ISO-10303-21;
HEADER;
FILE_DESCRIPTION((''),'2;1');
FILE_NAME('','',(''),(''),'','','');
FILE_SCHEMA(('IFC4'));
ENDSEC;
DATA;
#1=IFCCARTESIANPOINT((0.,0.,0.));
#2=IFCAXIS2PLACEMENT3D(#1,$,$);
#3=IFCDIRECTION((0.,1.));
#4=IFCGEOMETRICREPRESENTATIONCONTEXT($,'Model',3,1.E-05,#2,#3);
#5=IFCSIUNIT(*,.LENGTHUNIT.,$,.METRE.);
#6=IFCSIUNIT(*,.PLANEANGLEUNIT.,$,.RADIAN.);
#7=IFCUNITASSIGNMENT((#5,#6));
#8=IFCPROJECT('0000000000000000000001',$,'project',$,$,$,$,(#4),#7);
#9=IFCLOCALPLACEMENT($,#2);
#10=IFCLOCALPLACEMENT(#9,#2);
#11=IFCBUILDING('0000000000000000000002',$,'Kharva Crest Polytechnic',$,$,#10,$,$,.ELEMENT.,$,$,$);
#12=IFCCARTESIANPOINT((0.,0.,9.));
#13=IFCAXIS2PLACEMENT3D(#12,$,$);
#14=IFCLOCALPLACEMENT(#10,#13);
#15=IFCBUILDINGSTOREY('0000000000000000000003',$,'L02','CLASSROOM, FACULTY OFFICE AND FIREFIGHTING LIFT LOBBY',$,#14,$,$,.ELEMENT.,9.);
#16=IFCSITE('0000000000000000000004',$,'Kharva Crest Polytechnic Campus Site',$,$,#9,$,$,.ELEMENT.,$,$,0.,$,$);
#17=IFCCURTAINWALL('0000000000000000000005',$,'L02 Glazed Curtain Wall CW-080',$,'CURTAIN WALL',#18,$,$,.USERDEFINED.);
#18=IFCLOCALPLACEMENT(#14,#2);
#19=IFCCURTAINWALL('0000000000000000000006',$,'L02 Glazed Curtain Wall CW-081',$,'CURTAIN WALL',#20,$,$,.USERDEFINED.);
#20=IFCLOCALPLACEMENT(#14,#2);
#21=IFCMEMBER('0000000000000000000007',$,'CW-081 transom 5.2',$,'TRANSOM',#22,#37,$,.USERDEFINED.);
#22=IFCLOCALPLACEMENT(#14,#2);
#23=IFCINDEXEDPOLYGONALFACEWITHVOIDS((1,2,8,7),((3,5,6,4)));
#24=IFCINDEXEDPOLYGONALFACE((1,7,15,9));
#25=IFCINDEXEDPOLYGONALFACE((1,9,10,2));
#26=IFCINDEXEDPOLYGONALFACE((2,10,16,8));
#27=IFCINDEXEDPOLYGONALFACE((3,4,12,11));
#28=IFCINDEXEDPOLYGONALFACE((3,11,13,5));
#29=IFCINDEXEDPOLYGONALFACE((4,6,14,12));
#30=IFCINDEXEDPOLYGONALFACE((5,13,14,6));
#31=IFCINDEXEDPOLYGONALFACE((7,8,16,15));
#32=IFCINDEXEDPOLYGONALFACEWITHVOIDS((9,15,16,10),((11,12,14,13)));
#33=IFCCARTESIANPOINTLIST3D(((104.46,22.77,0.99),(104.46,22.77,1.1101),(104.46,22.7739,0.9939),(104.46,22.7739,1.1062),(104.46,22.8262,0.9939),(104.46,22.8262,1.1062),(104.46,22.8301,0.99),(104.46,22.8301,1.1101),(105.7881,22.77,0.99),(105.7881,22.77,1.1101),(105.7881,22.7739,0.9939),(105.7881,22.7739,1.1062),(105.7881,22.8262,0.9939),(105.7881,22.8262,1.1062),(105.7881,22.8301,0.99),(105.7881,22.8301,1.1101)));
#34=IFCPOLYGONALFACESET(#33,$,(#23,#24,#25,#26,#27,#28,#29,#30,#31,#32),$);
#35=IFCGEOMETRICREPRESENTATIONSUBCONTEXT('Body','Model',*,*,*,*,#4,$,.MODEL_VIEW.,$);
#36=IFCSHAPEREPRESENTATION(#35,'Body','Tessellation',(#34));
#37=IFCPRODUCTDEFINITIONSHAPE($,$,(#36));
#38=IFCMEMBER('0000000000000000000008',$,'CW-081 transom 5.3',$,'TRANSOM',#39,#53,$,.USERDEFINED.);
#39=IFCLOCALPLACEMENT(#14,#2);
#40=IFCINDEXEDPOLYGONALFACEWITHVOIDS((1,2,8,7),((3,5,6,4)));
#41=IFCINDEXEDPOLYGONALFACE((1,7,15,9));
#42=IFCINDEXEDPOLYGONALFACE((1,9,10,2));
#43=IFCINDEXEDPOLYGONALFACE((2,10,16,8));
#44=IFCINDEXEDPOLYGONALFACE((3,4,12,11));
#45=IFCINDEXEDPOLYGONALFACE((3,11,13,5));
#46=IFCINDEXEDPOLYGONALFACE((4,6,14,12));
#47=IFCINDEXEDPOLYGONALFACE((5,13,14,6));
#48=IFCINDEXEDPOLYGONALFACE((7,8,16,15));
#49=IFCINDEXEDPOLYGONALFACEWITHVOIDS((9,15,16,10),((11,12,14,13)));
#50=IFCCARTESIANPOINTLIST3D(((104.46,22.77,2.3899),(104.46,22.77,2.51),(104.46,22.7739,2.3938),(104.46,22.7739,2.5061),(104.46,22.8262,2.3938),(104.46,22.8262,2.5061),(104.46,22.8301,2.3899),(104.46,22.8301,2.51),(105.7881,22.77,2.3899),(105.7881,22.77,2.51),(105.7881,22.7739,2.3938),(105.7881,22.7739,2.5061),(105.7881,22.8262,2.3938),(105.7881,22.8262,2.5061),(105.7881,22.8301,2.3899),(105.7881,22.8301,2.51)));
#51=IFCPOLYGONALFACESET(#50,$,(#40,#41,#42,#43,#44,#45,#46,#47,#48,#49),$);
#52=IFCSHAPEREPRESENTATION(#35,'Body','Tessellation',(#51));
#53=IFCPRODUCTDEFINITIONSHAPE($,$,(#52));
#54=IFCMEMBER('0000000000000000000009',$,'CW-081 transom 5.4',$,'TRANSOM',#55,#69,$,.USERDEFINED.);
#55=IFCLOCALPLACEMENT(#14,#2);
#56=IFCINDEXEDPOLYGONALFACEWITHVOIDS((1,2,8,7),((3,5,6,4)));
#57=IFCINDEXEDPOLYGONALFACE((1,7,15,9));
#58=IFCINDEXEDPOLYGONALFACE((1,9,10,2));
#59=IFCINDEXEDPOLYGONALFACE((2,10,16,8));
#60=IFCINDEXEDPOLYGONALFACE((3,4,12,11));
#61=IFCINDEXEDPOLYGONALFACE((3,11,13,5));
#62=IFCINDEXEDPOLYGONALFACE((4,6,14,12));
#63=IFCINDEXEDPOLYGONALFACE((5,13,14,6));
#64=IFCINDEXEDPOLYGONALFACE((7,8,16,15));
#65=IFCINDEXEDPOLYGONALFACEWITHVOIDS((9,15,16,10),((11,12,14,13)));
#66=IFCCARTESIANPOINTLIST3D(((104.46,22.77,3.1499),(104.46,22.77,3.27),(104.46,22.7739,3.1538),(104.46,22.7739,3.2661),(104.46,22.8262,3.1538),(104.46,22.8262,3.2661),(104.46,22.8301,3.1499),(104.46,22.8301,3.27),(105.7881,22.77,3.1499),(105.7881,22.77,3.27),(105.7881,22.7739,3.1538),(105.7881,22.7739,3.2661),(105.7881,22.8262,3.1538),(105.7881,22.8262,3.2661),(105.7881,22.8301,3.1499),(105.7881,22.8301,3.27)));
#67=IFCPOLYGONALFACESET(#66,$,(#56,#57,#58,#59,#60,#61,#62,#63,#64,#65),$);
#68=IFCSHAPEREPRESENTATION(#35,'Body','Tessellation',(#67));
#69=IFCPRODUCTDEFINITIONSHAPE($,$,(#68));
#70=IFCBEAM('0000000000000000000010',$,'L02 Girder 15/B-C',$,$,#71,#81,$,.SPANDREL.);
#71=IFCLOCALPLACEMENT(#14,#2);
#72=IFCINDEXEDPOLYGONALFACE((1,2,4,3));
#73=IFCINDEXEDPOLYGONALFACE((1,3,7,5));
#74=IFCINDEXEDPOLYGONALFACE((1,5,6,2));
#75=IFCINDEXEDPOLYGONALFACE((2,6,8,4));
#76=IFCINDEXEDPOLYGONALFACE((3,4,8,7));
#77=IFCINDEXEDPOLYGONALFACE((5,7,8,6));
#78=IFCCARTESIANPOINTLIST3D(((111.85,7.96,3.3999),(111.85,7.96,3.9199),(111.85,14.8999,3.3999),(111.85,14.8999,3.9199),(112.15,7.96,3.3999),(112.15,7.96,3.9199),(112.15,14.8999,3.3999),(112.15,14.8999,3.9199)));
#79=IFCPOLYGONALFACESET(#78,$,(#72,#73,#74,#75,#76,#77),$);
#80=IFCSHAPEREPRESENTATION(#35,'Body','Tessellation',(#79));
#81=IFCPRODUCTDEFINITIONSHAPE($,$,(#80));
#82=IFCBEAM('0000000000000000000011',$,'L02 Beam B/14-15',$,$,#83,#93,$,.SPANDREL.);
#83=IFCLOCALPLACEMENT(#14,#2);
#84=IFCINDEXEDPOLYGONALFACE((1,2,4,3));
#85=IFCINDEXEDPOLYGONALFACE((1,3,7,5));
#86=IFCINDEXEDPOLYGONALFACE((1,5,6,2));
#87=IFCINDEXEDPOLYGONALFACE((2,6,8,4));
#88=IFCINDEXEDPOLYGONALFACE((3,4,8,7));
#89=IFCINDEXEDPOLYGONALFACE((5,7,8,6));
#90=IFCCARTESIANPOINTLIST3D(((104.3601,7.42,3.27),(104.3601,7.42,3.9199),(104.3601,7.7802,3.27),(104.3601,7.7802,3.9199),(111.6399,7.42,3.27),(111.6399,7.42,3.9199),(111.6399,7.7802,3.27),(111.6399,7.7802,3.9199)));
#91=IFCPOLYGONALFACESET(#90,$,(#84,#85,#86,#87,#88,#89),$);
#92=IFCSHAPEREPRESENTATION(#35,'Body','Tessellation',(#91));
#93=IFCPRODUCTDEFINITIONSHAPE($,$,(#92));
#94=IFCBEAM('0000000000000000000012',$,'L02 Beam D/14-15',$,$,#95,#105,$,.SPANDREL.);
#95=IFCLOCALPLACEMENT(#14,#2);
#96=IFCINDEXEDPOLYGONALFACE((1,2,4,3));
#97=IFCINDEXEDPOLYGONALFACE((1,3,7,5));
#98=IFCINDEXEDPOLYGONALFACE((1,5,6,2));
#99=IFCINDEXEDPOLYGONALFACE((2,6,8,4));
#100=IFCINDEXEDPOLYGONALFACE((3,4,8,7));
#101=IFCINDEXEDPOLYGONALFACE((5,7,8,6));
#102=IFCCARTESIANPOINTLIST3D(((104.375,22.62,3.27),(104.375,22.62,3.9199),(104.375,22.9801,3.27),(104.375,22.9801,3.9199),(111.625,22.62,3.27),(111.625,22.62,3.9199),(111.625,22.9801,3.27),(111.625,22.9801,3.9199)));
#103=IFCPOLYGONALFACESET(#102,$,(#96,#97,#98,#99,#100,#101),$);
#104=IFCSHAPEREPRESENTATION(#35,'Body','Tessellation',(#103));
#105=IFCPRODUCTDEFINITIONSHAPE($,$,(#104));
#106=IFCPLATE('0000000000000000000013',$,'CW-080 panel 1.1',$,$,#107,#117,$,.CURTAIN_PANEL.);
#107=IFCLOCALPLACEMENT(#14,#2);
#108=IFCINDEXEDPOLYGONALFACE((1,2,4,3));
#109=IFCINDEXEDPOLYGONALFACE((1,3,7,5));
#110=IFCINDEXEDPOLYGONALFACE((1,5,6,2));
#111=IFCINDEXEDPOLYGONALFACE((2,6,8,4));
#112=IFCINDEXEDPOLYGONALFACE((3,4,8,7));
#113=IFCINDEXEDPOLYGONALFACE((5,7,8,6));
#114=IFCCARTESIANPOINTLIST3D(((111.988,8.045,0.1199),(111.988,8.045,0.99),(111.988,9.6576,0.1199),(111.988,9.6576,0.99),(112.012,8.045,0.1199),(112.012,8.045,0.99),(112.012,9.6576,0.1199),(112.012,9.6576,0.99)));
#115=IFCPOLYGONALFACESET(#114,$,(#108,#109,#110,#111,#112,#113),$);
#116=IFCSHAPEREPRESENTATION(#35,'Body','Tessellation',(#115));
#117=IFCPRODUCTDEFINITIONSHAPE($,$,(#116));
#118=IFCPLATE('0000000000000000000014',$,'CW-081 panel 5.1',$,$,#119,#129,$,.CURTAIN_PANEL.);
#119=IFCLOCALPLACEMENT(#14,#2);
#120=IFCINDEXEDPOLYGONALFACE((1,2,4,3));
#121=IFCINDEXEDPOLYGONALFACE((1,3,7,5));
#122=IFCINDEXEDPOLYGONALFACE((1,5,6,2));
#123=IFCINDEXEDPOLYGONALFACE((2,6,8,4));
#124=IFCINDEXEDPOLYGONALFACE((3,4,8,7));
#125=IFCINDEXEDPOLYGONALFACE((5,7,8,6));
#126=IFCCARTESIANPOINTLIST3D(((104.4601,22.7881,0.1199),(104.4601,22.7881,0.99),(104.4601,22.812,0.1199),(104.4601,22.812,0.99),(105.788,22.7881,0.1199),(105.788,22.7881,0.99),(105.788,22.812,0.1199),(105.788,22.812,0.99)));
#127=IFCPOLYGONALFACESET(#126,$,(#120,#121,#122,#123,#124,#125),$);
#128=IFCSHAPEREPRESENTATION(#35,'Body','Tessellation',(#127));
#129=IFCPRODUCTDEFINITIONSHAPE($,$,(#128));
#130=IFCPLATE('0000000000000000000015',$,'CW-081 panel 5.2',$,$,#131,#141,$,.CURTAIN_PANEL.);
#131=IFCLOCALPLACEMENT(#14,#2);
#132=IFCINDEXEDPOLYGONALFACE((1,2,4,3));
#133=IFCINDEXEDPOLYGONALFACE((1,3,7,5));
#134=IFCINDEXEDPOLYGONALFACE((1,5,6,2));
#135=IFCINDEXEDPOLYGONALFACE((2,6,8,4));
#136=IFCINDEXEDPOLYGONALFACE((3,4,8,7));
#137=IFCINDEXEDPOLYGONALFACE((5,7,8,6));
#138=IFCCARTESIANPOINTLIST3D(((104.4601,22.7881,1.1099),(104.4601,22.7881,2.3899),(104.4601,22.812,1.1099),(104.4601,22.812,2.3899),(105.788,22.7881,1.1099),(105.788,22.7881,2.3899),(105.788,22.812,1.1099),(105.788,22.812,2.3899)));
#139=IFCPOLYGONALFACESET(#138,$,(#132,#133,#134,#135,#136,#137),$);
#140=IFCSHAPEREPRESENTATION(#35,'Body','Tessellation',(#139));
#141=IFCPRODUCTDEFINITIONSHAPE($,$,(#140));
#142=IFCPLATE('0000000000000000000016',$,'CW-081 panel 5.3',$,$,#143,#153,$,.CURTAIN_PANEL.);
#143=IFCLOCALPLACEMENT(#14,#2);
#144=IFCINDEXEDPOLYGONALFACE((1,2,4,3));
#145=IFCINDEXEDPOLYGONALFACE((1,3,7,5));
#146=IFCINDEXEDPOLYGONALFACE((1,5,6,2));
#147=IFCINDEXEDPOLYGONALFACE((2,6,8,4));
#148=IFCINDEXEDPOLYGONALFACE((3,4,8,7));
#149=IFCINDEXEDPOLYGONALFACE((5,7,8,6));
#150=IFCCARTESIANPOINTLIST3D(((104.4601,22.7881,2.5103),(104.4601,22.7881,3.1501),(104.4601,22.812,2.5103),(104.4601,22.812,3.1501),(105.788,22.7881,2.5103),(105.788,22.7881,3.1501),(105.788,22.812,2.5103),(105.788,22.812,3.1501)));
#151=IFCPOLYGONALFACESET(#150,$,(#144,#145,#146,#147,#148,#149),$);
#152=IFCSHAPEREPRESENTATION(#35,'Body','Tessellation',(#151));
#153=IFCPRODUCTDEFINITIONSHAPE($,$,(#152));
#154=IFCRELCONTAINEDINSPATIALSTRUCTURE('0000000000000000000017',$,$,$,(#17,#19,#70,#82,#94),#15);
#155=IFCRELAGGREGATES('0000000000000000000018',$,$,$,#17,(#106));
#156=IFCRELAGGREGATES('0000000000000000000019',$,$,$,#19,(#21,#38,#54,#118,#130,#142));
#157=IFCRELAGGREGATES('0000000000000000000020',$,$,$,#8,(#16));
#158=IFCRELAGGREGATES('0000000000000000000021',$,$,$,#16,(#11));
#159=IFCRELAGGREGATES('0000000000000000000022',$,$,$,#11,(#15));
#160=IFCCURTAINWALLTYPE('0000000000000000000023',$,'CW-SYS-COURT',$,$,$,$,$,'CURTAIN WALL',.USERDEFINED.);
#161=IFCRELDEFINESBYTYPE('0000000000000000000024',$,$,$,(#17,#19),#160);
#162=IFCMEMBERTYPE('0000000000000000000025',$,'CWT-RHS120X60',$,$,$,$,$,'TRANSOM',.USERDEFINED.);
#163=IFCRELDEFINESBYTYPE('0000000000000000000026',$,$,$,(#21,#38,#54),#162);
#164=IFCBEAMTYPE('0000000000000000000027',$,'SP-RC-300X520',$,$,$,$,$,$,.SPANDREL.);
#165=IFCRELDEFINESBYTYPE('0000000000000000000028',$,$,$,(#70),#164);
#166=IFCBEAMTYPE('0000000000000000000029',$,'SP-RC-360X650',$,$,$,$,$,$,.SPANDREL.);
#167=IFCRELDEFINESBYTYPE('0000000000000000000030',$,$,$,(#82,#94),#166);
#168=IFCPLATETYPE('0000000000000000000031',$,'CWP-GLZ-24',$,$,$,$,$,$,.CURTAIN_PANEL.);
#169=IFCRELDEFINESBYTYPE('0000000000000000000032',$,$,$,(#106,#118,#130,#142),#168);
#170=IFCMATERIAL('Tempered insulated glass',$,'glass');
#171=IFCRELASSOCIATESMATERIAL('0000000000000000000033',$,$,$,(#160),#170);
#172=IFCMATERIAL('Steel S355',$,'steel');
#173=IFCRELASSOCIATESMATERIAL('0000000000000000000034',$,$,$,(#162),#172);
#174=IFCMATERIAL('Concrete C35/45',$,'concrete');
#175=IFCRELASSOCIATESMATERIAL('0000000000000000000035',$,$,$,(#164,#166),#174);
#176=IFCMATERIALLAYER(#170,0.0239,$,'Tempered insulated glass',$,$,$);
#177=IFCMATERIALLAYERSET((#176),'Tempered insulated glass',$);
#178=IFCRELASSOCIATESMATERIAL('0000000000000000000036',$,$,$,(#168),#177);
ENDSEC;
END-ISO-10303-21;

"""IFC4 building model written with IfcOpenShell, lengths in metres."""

from ifc_helpers import new_model, si_unit, direction, frame, origin, origin_2d, place, context, subcontext, project, spatial, rectangle, hollow_rectangle, extrude, material, layer, layer_set, material_profile, profile_set, type_object, element, aggregate, save


model = new_model("IFC4")

# Units and contexts
model_context = context("Model", 3, precision=1e-05, world=origin(), true_north=direction((0.0, 1.0)))
body_context = subcontext(model_context, "Body", "Model", "MODEL_VIEW")
ifc_project = project(units=[si_unit("LENGTHUNIT", "METRE"), si_unit("PLANEANGLEUNIT", "RADIAN")], contexts=[model_context])

# Site, building, storey
site_placement = place(None, origin())
site = spatial("IfcSite", under=ifc_project, at=site_placement, Name="Kharva Crest Polytechnic Campus Site", CompositionType="ELEMENT", RefElevation=0.0)
building_placement = place(site_placement, origin())
building = spatial("IfcBuilding", under=site, at=building_placement, Name="Kharva Crest Polytechnic", CompositionType="ELEMENT")
storey_placement = place(building_placement, frame((0.0, 0.0, 9.0)))
storey = spatial("IfcBuildingStorey", under=building, at=storey_placement, Name="L02", Description="CLASSROOM, FACULTY OFFICE AND FIREFIGHTING LIFT LOBBY", CompositionType="ELEMENT", Elevation=9.0)

# Curtain wall
ifc_material_1 = material(Name="Tempered insulated glass", Category="glass")
curtain_wall_type = type_object("IfcCurtainWallType", Name="CW-SYS-COURT", ElementType="CURTAIN WALL", PredefinedType="USERDEFINED", material=ifc_material_1)
curtain_wall_1_placement = place(storey_placement, origin())
curtain_wall_1 = element("IfcCurtainWall", 1, at=curtain_wall_1_placement, inside=storey, type_object=curtain_wall_type, Name="L02 Glazed Curtain Wall CW-080", ObjectType="CURTAIN WALL", PredefinedType="USERDEFINED")
ifc_material_2 = material(Name="Steel S355", Category="steel")

# Curtain wall
curtain_wall_2_placement = place(storey_placement, origin())
curtain_wall_2 = element("IfcCurtainWall", 2, at=curtain_wall_2_placement, inside=storey, type_object=curtain_wall_type, Name="L02 Glazed Curtain Wall CW-081", ObjectType="CURTAIN WALL", PredefinedType="USERDEFINED")

# Members
ifc_material_profile_1 = material_profile(ifc_material_2, hollow_rectangle(XDim=0.0601, YDim=0.1201, WallThickness=0.0039, at=origin_2d()), Name="RHS 120X60X4.0")
ifc_profile_set_1 = profile_set([ifc_material_profile_1], Name="Steel S355")
member_type_1 = type_object("IfcMemberType", Name="CWT-RHS120X60", ElementType="TRANSOM", PredefinedType="USERDEFINED", material=ifc_profile_set_1)
member_1_placement = place(storey_placement, frame((105.7881, 22.8, 1.05), z_axis=(-1.0, 0.0, 0.0), x_axis=(0.0, -1.0, 0.0)))
member_1 = element("IfcMember", 3, at=member_1_placement, type_object=member_type_1, Name="CW-081 transom 5.2", ObjectType="TRANSOM", PredefinedType="USERDEFINED", context=body_context, shape_type="SweptSolid", body=[
    extrude(hollow_rectangle(XDim=0.0601, YDim=0.1201, WallThickness=0.0039, at=origin_2d()), origin(), (0.0, 0.0, 1.0), 1.3281),
])
member_2_placement = place(storey_placement, frame((105.7881, 22.8, 2.45), z_axis=(-1.0, 0.0, 0.0), x_axis=(0.0, -1.0, 0.0)))
member_2 = element("IfcMember", 4, at=member_2_placement, type_object=member_type_1, Name="CW-081 transom 5.3", ObjectType="TRANSOM", PredefinedType="USERDEFINED", context=body_context, shape_type="SweptSolid", body=[
    extrude(hollow_rectangle(XDim=0.0601, YDim=0.1201, WallThickness=0.0039, at=origin_2d()), origin(), (0.0, 0.0, 1.0), 1.3281),
])
member_3_placement = place(storey_placement, frame((105.7881, 22.8, 3.21), z_axis=(-1.0, 0.0, 0.0), x_axis=(0.0, -1.0, 0.0)))
member_3 = element("IfcMember", 5, at=member_3_placement, type_object=member_type_1, Name="CW-081 transom 5.4", ObjectType="TRANSOM", PredefinedType="USERDEFINED", context=body_context, shape_type="SweptSolid", body=[
    extrude(hollow_rectangle(XDim=0.0601, YDim=0.1201, WallThickness=0.0039, at=origin_2d()), origin(), (0.0, 0.0, 1.0), 1.3281),
])

# Beams
ifc_material_3 = material(Name="Concrete C35/45", Category="concrete")
ifc_material_profile_2 = material_profile(ifc_material_3, rectangle(XDim=0.3, YDim=0.52, at=origin_2d()), Name="RECT 300 X 520")
ifc_profile_set_2 = profile_set([ifc_material_profile_2], Name="Concrete C35/45")
beam_type_1 = type_object("IfcBeamType", Name="SP-RC-300X520", PredefinedType="SPANDREL", material=ifc_profile_set_2)
beam_1_placement = place(storey_placement, frame((112.0, 7.96, 3.6599), z_axis=(0.0, 1.0, 0.0), x_axis=(-1.0, 0.0, 0.0)))
element("IfcBeam", 6, at=beam_1_placement, inside=storey, type_object=beam_type_1, Name="L02 Girder 15/B-C", PredefinedType="SPANDREL", context=body_context, shape_type="SweptSolid", body=[
    extrude(rectangle(XDim=0.3, YDim=0.52, at=origin_2d()), origin(), (0.0, 0.0, 1.0), 6.9399),
])
ifc_material_profile_3 = material_profile(ifc_material_3, rectangle(XDim=0.3601, YDim=0.6499, at=origin_2d()), Name="RECT 360 X 650")
ifc_profile_set_3 = profile_set([ifc_material_profile_3], Name="Concrete C35/45")
beam_type_2 = type_object("IfcBeamType", Name="SP-RC-360X650", PredefinedType="SPANDREL", material=ifc_profile_set_3)
beam_2_placement = place(storey_placement, frame((104.3601, 7.6001, 3.595), z_axis=(1.0, 0.0, 0.0), x_axis=(0.0, 1.0, 0.0)))
element("IfcBeam", 7, at=beam_2_placement, inside=storey, type_object=beam_type_2, Name="L02 Beam B/14-15", PredefinedType="SPANDREL", context=body_context, shape_type="SweptSolid", body=[
    extrude(rectangle(XDim=0.3601, YDim=0.6499, at=origin_2d()), origin(), (0.0, 0.0, 1.0), 7.2798),
])
beam_3_placement = place(storey_placement, frame((104.375, 22.8, 3.595), z_axis=(1.0, 0.0, 0.0), x_axis=(0.0, 1.0, 0.0)))
element("IfcBeam", 8, at=beam_3_placement, inside=storey, type_object=beam_type_2, Name="L02 Beam D/14-15", PredefinedType="SPANDREL", context=body_context, shape_type="SweptSolid", body=[
    extrude(rectangle(XDim=0.3601, YDim=0.6499, at=origin_2d()), origin(), (0.0, 0.0, 1.0), 7.25),
])

# Plates
ifc_layer = layer(ifc_material_1, 0.0239, Name="Tempered insulated glass")
ifc_layer_set = layer_set([ifc_layer], Name="Tempered insulated glass")
plate_type = type_object("IfcPlateType", Name="CWP-GLZ-24", PredefinedType="CURTAIN_PANEL", material=ifc_layer_set)
plate_1_placement = place(storey_placement, frame((112.0, 8.8513, 0.1199), z_axis=(0.0, 0.0, 1.0), x_axis=(0.0, 1.0, 0.0)))
plate_1 = element("IfcPlate", 9, at=plate_1_placement, type_object=plate_type, Name="CW-080 panel 1.1", PredefinedType="CURTAIN_PANEL", context=body_context, shape_type="SweptSolid", body=[
    extrude(rectangle(XDim=1.6125, YDim=0.0239, at=origin_2d()), origin(), (0.0, 0.0, 1.0), 0.8701),
])
aggregate(curtain_wall_1, [plate_1])
plate_2_placement = place(storey_placement, frame((105.124, 22.8, 0.1199), z_axis=(0.0, 0.0, 1.0), x_axis=(-1.0, 0.0, 0.0)))
plate_2 = element("IfcPlate", 10, at=plate_2_placement, type_object=plate_type, Name="CW-081 panel 5.1", PredefinedType="CURTAIN_PANEL", context=body_context, shape_type="SweptSolid", body=[
    extrude(rectangle(XDim=1.3279, YDim=0.0239, at=origin_2d()), origin(), (0.0, 0.0, 1.0), 0.8701),
])
plate_3_placement = place(storey_placement, frame((105.124, 22.8, 1.1099), z_axis=(0.0, 0.0, 1.0), x_axis=(-1.0, 0.0, 0.0)))
plate_3 = element("IfcPlate", 11, at=plate_3_placement, type_object=plate_type, Name="CW-081 panel 5.2", PredefinedType="CURTAIN_PANEL", context=body_context, shape_type="SweptSolid", body=[
    extrude(rectangle(XDim=1.3279, YDim=0.0239, at=origin_2d()), origin(), (0.0, 0.0, 1.0), 1.28),
])
plate_4_placement = place(storey_placement, frame((105.124, 22.8, 2.5103), z_axis=(0.0, 0.0, 1.0), x_axis=(-1.0, 0.0, 0.0)))
plate_4 = element("IfcPlate", 12, at=plate_4_placement, type_object=plate_type, Name="CW-081 panel 5.3", PredefinedType="CURTAIN_PANEL", context=body_context, shape_type="SweptSolid", body=[
    extrude(rectangle(XDim=1.3279, YDim=0.0239, at=origin_2d()), origin(), (0.0, 0.0, 1.0), 0.6399),
])
aggregate(curtain_wall_2, [member_1, member_2, member_3, plate_2, plate_3, plate_4])

save(model, "model.ifc")
